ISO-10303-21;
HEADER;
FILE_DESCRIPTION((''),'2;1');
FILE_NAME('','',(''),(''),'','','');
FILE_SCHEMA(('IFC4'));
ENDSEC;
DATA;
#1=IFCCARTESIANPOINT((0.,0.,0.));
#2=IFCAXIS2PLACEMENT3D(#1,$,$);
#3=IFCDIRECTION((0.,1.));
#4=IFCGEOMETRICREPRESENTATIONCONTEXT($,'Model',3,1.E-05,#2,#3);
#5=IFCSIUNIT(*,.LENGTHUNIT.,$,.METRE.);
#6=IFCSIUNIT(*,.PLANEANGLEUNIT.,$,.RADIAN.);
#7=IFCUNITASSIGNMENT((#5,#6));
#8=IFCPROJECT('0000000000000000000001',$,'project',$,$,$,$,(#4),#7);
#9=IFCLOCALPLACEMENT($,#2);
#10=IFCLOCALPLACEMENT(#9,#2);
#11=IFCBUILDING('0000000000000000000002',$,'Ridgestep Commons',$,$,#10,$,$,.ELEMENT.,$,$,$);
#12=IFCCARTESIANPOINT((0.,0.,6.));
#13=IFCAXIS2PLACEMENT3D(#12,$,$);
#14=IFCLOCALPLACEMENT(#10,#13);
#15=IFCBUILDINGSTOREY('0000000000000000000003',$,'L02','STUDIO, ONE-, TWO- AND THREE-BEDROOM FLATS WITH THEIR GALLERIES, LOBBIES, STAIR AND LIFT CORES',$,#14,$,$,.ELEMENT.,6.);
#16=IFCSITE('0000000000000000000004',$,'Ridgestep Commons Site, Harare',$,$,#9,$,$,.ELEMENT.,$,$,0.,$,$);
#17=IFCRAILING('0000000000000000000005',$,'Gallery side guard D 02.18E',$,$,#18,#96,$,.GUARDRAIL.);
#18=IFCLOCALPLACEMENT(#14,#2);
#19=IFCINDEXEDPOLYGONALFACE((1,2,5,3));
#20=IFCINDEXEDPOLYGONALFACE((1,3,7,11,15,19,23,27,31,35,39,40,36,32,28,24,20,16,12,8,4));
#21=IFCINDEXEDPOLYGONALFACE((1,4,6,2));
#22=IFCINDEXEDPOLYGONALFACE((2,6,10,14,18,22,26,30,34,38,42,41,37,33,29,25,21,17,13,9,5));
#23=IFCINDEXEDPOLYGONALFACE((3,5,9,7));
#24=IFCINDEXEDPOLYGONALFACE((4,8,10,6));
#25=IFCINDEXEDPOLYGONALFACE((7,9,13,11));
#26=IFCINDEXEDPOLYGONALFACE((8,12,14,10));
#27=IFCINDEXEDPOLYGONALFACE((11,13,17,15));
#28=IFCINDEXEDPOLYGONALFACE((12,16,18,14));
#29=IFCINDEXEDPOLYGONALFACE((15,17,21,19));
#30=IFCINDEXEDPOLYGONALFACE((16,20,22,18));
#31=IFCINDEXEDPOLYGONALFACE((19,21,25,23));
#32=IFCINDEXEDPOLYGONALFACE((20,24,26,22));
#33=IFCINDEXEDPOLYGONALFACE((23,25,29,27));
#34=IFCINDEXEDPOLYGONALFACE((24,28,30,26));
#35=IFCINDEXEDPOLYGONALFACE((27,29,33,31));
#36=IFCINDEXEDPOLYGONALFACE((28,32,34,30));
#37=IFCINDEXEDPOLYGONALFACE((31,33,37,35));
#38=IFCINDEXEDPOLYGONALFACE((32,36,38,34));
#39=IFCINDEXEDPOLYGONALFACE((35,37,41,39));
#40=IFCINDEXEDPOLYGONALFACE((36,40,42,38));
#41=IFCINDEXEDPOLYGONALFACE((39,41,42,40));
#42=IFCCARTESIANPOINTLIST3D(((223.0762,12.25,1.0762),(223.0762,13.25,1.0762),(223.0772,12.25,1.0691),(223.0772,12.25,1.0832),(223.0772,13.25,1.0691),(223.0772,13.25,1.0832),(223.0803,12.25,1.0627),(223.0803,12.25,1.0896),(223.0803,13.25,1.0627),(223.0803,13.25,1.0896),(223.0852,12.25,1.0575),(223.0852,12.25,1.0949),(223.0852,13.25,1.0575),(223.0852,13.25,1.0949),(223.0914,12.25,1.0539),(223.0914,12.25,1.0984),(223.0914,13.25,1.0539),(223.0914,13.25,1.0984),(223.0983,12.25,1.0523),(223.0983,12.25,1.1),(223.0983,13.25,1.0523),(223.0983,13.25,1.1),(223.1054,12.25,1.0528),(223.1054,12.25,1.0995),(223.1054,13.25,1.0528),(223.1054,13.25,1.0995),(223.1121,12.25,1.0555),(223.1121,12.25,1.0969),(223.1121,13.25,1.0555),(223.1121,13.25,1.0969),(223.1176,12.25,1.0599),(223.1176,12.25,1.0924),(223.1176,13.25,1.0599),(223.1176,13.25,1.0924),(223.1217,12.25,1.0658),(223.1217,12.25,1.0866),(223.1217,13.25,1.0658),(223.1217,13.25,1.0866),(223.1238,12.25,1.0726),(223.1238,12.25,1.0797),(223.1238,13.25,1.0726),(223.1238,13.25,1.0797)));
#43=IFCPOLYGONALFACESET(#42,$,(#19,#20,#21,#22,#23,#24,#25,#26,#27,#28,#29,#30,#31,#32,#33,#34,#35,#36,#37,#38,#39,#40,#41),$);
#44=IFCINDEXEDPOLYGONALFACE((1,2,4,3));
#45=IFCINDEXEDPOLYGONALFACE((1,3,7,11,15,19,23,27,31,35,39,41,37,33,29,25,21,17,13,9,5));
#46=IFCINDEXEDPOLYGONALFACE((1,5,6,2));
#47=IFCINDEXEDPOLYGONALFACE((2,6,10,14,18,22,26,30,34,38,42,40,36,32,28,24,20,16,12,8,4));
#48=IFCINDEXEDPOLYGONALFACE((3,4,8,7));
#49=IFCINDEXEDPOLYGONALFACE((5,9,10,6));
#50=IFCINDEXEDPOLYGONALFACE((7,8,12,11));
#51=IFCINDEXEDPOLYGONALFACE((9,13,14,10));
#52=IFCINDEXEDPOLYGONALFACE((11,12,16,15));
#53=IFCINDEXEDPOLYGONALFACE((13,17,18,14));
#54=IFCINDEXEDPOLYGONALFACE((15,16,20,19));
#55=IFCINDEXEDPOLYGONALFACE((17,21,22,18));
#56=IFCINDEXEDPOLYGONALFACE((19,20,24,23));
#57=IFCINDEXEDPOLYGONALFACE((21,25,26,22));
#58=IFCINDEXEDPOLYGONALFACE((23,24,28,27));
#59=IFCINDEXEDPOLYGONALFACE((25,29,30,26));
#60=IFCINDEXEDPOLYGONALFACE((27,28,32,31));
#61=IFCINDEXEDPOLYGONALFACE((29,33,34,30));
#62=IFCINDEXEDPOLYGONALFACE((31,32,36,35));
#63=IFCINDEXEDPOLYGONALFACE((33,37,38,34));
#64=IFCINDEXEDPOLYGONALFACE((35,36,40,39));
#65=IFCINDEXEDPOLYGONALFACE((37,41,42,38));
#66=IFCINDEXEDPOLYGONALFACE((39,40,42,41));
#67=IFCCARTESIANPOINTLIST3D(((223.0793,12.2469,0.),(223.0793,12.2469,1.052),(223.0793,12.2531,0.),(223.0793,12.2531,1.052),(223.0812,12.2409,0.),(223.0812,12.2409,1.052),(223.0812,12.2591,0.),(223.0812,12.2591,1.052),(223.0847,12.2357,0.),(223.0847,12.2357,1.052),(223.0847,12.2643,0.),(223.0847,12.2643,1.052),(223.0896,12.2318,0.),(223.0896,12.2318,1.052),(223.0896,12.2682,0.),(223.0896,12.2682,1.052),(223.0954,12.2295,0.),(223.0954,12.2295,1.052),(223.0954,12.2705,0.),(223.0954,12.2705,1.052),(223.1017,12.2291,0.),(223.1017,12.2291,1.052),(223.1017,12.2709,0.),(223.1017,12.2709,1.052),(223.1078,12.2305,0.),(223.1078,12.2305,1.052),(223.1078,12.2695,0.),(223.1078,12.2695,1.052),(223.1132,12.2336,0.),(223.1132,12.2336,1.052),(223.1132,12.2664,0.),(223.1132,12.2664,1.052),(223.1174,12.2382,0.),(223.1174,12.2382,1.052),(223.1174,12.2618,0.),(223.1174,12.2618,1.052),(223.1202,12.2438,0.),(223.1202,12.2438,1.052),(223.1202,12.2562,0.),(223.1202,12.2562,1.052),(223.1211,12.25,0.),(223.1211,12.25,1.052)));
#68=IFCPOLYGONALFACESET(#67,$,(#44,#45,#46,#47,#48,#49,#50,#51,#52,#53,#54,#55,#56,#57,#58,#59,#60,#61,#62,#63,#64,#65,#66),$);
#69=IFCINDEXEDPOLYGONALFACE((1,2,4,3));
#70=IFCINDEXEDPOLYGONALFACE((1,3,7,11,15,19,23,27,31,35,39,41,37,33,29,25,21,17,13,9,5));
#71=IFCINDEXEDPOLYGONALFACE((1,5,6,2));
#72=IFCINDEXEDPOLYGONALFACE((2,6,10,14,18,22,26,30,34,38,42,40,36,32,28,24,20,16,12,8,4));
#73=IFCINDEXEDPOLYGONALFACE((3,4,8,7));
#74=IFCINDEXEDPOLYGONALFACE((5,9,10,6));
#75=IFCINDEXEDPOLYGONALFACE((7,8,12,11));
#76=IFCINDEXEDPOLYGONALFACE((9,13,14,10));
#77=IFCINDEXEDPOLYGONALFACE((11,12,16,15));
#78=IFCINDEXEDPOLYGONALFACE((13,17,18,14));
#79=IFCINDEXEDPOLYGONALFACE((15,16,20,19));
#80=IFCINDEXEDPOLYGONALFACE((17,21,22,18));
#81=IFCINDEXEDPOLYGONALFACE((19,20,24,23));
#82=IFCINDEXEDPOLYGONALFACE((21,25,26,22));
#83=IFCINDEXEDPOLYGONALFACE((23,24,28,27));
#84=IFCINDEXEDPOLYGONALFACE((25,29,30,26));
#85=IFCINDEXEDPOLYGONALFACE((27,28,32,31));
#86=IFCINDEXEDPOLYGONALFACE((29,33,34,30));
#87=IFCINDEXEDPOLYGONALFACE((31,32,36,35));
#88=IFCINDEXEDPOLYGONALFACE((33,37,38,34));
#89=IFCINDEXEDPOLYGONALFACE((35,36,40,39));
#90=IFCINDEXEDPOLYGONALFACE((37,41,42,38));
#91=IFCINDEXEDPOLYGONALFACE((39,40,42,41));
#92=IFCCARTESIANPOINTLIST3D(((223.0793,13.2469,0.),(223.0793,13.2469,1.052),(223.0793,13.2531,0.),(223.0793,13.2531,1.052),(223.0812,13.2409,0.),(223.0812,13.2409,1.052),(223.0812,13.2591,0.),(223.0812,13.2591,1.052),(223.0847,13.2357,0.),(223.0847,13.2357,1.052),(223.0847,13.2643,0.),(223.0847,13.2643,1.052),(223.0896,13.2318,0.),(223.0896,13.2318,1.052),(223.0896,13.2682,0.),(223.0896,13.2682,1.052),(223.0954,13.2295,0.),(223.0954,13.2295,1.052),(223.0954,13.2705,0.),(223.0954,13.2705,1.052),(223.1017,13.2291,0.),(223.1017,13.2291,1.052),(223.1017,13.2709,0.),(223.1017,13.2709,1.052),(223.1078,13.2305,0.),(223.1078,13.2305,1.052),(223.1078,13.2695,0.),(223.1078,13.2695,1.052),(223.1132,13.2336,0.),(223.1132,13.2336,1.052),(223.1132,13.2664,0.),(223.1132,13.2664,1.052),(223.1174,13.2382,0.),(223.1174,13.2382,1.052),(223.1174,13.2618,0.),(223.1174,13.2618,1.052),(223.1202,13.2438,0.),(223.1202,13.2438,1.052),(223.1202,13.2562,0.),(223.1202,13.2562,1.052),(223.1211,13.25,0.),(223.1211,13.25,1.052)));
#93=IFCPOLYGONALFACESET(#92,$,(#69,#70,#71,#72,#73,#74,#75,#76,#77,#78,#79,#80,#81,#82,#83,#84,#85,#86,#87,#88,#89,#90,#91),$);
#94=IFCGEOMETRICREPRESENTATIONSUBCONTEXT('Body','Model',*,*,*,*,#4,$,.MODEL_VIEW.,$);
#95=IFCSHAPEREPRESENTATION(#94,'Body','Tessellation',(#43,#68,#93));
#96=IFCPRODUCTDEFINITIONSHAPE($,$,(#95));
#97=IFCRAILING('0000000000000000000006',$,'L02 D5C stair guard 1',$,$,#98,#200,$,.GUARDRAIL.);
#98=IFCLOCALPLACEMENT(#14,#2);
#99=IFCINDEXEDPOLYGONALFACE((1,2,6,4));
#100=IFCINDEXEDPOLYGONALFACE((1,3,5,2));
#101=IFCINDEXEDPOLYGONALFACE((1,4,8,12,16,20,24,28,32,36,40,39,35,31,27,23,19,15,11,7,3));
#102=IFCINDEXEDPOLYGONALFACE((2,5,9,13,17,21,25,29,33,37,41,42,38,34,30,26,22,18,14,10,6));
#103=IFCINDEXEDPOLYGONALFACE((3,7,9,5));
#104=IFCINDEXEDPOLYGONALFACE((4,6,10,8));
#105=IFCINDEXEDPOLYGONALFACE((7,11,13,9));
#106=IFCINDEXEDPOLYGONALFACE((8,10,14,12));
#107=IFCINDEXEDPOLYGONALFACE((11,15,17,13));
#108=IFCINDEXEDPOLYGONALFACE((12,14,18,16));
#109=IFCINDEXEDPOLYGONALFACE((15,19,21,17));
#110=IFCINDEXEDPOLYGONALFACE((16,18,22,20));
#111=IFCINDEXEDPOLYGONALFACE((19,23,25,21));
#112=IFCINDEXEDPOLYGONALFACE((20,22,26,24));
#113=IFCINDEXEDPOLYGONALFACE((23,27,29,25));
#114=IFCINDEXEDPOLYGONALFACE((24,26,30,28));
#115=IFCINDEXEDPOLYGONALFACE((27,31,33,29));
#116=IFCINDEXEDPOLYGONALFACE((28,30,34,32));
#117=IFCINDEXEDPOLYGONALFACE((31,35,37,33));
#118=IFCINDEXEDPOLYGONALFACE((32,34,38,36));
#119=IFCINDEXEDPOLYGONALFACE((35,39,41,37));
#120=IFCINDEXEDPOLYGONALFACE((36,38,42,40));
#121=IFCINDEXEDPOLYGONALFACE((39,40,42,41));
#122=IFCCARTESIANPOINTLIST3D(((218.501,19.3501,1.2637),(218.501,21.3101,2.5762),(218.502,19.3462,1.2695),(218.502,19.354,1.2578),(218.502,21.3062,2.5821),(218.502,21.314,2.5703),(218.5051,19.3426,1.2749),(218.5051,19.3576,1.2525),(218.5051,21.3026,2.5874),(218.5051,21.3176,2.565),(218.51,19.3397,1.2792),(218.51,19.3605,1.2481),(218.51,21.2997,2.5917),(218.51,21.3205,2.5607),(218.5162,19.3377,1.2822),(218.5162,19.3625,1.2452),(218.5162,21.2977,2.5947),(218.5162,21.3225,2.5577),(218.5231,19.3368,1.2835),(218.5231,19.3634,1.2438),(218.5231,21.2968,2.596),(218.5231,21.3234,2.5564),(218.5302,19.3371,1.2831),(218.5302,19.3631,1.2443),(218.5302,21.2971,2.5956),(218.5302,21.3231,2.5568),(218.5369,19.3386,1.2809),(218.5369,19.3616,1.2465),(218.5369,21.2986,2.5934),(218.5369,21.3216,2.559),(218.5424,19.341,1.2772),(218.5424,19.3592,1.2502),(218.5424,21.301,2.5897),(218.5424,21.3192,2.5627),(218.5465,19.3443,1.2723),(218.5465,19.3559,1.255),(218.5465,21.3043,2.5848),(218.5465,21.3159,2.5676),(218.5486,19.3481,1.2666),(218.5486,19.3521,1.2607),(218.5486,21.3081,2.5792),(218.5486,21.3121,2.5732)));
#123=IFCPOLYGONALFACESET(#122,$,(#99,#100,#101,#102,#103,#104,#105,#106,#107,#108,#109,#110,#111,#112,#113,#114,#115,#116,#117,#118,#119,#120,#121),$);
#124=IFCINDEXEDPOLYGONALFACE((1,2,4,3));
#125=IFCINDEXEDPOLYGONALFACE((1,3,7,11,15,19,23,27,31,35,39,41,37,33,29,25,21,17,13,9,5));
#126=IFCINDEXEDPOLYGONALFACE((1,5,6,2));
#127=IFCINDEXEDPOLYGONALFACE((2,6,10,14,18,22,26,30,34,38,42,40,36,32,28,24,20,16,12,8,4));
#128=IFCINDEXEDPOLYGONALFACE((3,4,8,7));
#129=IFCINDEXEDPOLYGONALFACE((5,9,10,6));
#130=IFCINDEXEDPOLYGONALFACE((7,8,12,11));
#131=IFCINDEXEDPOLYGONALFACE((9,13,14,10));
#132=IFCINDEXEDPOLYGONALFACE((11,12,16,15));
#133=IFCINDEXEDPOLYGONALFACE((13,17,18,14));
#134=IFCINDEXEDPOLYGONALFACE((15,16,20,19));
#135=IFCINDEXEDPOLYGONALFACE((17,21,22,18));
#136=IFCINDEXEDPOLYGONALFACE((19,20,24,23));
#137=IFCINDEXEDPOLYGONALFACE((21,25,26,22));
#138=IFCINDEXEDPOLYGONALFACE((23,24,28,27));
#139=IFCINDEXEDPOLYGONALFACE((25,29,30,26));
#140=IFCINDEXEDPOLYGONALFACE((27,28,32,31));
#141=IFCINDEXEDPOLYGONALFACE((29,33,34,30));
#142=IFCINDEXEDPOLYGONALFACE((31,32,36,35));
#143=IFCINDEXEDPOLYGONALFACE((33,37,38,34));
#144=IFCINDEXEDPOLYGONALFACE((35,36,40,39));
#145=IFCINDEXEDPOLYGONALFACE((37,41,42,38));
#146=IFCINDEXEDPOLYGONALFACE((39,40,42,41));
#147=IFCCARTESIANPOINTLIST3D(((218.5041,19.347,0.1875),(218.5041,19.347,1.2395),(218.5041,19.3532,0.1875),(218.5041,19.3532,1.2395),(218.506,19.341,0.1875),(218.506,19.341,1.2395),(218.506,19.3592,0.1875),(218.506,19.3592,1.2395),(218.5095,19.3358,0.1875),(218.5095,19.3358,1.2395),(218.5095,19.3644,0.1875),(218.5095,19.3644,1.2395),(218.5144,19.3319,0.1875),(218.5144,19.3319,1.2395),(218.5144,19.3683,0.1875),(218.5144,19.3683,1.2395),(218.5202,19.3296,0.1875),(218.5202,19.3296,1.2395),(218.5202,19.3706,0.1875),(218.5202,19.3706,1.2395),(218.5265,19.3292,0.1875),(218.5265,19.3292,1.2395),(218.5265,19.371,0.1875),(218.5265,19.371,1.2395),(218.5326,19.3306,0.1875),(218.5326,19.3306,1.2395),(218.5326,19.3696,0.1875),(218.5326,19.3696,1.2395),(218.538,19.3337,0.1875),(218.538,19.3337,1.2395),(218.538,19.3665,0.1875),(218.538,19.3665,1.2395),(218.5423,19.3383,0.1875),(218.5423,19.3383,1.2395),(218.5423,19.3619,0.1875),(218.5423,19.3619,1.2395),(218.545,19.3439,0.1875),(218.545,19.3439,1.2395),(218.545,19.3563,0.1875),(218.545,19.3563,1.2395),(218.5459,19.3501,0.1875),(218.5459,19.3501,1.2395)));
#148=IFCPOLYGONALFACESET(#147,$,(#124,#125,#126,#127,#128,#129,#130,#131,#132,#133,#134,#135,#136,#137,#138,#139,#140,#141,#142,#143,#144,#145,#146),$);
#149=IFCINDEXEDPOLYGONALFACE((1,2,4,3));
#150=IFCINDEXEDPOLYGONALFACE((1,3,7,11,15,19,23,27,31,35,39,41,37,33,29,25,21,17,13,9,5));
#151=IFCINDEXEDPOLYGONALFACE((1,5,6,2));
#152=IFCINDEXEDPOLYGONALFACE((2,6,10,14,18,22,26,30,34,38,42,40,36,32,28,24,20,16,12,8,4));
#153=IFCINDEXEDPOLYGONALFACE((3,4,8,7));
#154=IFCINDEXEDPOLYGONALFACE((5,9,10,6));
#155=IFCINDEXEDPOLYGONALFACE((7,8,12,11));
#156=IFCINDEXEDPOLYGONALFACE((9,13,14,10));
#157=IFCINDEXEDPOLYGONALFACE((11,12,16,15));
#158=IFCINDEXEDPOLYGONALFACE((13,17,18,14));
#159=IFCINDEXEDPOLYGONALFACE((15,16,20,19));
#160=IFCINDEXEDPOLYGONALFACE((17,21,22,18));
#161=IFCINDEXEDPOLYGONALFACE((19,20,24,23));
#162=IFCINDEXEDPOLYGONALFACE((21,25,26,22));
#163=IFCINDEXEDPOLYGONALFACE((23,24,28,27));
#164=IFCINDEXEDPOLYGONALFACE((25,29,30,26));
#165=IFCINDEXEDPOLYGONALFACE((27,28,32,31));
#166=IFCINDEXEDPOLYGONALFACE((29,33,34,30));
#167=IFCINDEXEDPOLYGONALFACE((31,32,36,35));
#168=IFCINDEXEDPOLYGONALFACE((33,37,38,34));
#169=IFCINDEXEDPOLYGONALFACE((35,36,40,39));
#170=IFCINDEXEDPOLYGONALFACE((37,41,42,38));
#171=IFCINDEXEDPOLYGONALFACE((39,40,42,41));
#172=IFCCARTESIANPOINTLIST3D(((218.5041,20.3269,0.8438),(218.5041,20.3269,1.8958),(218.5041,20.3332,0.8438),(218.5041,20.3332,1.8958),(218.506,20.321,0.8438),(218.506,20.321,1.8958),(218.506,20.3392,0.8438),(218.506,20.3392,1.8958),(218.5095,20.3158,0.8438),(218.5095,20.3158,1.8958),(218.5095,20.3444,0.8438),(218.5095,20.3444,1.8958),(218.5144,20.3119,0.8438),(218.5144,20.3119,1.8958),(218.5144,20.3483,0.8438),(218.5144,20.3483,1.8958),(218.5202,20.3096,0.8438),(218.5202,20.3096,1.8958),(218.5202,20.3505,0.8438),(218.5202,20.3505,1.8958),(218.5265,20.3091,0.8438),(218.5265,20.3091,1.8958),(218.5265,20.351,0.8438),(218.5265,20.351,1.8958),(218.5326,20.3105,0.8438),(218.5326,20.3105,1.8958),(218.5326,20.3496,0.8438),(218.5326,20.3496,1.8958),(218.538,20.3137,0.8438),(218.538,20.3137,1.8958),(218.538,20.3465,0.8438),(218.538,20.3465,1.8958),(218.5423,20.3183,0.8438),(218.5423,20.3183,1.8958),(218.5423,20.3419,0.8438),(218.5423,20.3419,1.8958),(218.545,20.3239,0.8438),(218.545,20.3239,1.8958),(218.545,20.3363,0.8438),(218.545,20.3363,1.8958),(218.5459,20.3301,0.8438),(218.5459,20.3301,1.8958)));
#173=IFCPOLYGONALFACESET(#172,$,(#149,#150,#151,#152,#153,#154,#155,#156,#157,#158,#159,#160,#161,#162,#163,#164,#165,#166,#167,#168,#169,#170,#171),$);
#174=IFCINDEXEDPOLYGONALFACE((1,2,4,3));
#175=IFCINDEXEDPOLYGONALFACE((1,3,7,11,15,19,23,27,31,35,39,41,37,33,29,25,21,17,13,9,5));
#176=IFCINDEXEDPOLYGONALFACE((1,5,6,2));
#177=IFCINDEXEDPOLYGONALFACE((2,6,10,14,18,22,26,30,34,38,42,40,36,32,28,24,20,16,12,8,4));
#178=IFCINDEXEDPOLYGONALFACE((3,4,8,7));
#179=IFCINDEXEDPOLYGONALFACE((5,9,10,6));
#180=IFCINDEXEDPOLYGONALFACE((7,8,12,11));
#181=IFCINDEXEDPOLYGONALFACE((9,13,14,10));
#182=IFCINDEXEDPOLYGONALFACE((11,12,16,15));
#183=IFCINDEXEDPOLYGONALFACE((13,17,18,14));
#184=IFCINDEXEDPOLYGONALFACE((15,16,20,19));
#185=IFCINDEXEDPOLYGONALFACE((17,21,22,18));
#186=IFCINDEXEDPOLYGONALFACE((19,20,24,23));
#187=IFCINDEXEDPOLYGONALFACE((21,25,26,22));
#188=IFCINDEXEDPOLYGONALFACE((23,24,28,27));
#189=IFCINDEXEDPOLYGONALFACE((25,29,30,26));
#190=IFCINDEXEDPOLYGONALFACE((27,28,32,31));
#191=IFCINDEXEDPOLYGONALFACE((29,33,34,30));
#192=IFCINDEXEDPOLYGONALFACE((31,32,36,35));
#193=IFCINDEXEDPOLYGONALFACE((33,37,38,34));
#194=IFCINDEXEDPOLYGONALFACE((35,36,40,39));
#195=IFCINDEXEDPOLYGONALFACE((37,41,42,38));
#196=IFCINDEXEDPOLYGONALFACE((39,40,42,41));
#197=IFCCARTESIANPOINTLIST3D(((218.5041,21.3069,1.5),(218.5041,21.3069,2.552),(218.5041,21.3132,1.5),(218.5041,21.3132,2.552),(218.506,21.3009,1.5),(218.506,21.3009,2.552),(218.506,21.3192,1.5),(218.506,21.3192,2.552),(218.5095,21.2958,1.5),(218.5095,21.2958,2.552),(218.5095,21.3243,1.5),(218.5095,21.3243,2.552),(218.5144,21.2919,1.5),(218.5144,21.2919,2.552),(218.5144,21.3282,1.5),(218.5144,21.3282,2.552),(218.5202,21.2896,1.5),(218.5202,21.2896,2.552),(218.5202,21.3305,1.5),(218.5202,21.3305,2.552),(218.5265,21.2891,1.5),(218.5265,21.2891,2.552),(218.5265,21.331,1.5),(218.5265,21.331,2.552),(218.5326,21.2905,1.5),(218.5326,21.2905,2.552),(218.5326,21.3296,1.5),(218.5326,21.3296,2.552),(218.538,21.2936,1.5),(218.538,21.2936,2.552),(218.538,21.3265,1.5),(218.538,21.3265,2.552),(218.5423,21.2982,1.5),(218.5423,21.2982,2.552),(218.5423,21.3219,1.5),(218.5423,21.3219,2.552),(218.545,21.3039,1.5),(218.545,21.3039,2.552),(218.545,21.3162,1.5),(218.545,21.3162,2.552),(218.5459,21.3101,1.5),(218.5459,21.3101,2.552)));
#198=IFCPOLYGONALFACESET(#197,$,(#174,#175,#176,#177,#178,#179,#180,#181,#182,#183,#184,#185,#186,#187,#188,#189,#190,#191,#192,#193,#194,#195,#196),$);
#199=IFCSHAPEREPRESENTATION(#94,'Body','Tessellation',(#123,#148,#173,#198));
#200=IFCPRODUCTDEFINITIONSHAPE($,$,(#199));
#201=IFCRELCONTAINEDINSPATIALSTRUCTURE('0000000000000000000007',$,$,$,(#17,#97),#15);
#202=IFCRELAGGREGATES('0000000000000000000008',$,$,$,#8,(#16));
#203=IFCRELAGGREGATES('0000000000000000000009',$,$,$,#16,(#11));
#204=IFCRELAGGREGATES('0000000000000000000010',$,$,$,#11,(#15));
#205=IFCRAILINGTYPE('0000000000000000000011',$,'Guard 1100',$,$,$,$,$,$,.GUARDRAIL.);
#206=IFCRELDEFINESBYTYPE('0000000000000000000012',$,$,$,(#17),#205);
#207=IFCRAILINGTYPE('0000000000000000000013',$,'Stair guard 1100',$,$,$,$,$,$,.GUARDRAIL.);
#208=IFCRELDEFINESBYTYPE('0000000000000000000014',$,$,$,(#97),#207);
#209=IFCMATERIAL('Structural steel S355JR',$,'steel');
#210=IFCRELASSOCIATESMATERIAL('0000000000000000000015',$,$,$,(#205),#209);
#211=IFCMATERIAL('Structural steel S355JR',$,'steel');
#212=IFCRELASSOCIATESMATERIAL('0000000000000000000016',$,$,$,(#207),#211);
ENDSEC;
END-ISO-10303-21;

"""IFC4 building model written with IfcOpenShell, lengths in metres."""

from ifc_helpers import new_model, si_unit, direction, frame, origin, origin_2d, place, context, subcontext, project, spatial, circle, extrude, material, type_object, element, save


model = new_model("IFC4")

# Units and contexts
model_context = context("Model", 3, precision=1e-05, world=origin(), true_north=direction((0.0, 1.0)))
body_context = subcontext(model_context, "Body", "Model", "MODEL_VIEW")
ifc_project = project(units=[si_unit("LENGTHUNIT", "METRE"), si_unit("PLANEANGLEUNIT", "RADIAN")], contexts=[model_context])

# Site, building, storey
site_placement = place(None, origin())
site = spatial("IfcSite", under=ifc_project, at=site_placement, Name="Ridgestep Commons Site, Harare", CompositionType="ELEMENT", RefElevation=0.0)
building_placement = place(site_placement, origin())
building = spatial("IfcBuilding", under=site, at=building_placement, Name="Ridgestep Commons", CompositionType="ELEMENT")
storey_placement = place(building_placement, frame((0.0, 0.0, 6.0)))
storey = spatial("IfcBuildingStorey", under=building, at=storey_placement, Name="L02", Description="STUDIO, ONE-, TWO- AND THREE-BEDROOM FLATS WITH THEIR GALLERIES, LOBBIES, STAIR AND LIFT CORES", CompositionType="ELEMENT", Elevation=6.0)

# Railings
ifc_material_1 = material(Name="Structural steel S355JR", Category="steel")
railing_type_1 = type_object("IfcRailingType", Name="Guard 1100", PredefinedType="GUARDRAIL", material=ifc_material_1)
for number, where, name in (
    (1, (223.1001, 12.25, 0.0), "Gallery side guard D 02.18E"),
):
    element("IfcRailing", number, at=place(storey_placement, frame(where)), inside=storey, type_object=railing_type_1, Name=name, PredefinedType="GUARDRAIL", context=body_context, shape_type="SweptSolid", body=[
        extrude(circle(Radius=0.0239, at=origin_2d()), frame((0.0, 0.0, 1.0762), z_axis=(0.0, 1.0, 0.0), x_axis=(-1.0, 0.0, 0.0)), (0.0, 0.0, 1.0), 1.0),
        extrude(circle(Radius=0.021, at=origin_2d()), origin(), (0.0, 0.0, 1.0), 1.052),
        extrude(circle(Radius=0.021, at=origin_2d()), frame((0.0, 1.0, 0.0)), (0.0, 0.0, 1.0), 1.052),
    ])
ifc_material_2 = material(Name="Structural steel S355JR", Category="steel")
railing_type_2 = type_object("IfcRailingType", Name="Stair guard 1100", PredefinedType="GUARDRAIL", material=ifc_material_2)
railing_1_placement = place(storey_placement, frame((218.5249, 19.3501, 0.1875)))
element("IfcRailing", 2, at=railing_1_placement, inside=storey, type_object=railing_type_2, Name="L02 D5C stair guard 1", PredefinedType="GUARDRAIL", context=body_context, shape_type="SweptSolid", body=[
    extrude(circle(Radius=0.0239, at=origin_2d()), frame((0.0, 0.0, 1.0762), z_axis=(0.0, 0.830902, 0.556419), x_axis=(-1.0, 0.0, 0.0)), (0.0, 0.0, 1.0), 2.3589),
    extrude(circle(Radius=0.021, at=origin_2d()), origin(), (0.0, 0.0, 1.0), 1.052),
    extrude(circle(Radius=0.021, at=origin_2d()), frame((0.0, 0.98, 0.6562)), (0.0, 0.0, 1.0), 1.052),
    extrude(circle(Radius=0.021, at=origin_2d()), frame((0.0, 1.96, 1.3125)), (0.0, 0.0, 1.0), 1.052),
])

save(model, "model.ifc")
